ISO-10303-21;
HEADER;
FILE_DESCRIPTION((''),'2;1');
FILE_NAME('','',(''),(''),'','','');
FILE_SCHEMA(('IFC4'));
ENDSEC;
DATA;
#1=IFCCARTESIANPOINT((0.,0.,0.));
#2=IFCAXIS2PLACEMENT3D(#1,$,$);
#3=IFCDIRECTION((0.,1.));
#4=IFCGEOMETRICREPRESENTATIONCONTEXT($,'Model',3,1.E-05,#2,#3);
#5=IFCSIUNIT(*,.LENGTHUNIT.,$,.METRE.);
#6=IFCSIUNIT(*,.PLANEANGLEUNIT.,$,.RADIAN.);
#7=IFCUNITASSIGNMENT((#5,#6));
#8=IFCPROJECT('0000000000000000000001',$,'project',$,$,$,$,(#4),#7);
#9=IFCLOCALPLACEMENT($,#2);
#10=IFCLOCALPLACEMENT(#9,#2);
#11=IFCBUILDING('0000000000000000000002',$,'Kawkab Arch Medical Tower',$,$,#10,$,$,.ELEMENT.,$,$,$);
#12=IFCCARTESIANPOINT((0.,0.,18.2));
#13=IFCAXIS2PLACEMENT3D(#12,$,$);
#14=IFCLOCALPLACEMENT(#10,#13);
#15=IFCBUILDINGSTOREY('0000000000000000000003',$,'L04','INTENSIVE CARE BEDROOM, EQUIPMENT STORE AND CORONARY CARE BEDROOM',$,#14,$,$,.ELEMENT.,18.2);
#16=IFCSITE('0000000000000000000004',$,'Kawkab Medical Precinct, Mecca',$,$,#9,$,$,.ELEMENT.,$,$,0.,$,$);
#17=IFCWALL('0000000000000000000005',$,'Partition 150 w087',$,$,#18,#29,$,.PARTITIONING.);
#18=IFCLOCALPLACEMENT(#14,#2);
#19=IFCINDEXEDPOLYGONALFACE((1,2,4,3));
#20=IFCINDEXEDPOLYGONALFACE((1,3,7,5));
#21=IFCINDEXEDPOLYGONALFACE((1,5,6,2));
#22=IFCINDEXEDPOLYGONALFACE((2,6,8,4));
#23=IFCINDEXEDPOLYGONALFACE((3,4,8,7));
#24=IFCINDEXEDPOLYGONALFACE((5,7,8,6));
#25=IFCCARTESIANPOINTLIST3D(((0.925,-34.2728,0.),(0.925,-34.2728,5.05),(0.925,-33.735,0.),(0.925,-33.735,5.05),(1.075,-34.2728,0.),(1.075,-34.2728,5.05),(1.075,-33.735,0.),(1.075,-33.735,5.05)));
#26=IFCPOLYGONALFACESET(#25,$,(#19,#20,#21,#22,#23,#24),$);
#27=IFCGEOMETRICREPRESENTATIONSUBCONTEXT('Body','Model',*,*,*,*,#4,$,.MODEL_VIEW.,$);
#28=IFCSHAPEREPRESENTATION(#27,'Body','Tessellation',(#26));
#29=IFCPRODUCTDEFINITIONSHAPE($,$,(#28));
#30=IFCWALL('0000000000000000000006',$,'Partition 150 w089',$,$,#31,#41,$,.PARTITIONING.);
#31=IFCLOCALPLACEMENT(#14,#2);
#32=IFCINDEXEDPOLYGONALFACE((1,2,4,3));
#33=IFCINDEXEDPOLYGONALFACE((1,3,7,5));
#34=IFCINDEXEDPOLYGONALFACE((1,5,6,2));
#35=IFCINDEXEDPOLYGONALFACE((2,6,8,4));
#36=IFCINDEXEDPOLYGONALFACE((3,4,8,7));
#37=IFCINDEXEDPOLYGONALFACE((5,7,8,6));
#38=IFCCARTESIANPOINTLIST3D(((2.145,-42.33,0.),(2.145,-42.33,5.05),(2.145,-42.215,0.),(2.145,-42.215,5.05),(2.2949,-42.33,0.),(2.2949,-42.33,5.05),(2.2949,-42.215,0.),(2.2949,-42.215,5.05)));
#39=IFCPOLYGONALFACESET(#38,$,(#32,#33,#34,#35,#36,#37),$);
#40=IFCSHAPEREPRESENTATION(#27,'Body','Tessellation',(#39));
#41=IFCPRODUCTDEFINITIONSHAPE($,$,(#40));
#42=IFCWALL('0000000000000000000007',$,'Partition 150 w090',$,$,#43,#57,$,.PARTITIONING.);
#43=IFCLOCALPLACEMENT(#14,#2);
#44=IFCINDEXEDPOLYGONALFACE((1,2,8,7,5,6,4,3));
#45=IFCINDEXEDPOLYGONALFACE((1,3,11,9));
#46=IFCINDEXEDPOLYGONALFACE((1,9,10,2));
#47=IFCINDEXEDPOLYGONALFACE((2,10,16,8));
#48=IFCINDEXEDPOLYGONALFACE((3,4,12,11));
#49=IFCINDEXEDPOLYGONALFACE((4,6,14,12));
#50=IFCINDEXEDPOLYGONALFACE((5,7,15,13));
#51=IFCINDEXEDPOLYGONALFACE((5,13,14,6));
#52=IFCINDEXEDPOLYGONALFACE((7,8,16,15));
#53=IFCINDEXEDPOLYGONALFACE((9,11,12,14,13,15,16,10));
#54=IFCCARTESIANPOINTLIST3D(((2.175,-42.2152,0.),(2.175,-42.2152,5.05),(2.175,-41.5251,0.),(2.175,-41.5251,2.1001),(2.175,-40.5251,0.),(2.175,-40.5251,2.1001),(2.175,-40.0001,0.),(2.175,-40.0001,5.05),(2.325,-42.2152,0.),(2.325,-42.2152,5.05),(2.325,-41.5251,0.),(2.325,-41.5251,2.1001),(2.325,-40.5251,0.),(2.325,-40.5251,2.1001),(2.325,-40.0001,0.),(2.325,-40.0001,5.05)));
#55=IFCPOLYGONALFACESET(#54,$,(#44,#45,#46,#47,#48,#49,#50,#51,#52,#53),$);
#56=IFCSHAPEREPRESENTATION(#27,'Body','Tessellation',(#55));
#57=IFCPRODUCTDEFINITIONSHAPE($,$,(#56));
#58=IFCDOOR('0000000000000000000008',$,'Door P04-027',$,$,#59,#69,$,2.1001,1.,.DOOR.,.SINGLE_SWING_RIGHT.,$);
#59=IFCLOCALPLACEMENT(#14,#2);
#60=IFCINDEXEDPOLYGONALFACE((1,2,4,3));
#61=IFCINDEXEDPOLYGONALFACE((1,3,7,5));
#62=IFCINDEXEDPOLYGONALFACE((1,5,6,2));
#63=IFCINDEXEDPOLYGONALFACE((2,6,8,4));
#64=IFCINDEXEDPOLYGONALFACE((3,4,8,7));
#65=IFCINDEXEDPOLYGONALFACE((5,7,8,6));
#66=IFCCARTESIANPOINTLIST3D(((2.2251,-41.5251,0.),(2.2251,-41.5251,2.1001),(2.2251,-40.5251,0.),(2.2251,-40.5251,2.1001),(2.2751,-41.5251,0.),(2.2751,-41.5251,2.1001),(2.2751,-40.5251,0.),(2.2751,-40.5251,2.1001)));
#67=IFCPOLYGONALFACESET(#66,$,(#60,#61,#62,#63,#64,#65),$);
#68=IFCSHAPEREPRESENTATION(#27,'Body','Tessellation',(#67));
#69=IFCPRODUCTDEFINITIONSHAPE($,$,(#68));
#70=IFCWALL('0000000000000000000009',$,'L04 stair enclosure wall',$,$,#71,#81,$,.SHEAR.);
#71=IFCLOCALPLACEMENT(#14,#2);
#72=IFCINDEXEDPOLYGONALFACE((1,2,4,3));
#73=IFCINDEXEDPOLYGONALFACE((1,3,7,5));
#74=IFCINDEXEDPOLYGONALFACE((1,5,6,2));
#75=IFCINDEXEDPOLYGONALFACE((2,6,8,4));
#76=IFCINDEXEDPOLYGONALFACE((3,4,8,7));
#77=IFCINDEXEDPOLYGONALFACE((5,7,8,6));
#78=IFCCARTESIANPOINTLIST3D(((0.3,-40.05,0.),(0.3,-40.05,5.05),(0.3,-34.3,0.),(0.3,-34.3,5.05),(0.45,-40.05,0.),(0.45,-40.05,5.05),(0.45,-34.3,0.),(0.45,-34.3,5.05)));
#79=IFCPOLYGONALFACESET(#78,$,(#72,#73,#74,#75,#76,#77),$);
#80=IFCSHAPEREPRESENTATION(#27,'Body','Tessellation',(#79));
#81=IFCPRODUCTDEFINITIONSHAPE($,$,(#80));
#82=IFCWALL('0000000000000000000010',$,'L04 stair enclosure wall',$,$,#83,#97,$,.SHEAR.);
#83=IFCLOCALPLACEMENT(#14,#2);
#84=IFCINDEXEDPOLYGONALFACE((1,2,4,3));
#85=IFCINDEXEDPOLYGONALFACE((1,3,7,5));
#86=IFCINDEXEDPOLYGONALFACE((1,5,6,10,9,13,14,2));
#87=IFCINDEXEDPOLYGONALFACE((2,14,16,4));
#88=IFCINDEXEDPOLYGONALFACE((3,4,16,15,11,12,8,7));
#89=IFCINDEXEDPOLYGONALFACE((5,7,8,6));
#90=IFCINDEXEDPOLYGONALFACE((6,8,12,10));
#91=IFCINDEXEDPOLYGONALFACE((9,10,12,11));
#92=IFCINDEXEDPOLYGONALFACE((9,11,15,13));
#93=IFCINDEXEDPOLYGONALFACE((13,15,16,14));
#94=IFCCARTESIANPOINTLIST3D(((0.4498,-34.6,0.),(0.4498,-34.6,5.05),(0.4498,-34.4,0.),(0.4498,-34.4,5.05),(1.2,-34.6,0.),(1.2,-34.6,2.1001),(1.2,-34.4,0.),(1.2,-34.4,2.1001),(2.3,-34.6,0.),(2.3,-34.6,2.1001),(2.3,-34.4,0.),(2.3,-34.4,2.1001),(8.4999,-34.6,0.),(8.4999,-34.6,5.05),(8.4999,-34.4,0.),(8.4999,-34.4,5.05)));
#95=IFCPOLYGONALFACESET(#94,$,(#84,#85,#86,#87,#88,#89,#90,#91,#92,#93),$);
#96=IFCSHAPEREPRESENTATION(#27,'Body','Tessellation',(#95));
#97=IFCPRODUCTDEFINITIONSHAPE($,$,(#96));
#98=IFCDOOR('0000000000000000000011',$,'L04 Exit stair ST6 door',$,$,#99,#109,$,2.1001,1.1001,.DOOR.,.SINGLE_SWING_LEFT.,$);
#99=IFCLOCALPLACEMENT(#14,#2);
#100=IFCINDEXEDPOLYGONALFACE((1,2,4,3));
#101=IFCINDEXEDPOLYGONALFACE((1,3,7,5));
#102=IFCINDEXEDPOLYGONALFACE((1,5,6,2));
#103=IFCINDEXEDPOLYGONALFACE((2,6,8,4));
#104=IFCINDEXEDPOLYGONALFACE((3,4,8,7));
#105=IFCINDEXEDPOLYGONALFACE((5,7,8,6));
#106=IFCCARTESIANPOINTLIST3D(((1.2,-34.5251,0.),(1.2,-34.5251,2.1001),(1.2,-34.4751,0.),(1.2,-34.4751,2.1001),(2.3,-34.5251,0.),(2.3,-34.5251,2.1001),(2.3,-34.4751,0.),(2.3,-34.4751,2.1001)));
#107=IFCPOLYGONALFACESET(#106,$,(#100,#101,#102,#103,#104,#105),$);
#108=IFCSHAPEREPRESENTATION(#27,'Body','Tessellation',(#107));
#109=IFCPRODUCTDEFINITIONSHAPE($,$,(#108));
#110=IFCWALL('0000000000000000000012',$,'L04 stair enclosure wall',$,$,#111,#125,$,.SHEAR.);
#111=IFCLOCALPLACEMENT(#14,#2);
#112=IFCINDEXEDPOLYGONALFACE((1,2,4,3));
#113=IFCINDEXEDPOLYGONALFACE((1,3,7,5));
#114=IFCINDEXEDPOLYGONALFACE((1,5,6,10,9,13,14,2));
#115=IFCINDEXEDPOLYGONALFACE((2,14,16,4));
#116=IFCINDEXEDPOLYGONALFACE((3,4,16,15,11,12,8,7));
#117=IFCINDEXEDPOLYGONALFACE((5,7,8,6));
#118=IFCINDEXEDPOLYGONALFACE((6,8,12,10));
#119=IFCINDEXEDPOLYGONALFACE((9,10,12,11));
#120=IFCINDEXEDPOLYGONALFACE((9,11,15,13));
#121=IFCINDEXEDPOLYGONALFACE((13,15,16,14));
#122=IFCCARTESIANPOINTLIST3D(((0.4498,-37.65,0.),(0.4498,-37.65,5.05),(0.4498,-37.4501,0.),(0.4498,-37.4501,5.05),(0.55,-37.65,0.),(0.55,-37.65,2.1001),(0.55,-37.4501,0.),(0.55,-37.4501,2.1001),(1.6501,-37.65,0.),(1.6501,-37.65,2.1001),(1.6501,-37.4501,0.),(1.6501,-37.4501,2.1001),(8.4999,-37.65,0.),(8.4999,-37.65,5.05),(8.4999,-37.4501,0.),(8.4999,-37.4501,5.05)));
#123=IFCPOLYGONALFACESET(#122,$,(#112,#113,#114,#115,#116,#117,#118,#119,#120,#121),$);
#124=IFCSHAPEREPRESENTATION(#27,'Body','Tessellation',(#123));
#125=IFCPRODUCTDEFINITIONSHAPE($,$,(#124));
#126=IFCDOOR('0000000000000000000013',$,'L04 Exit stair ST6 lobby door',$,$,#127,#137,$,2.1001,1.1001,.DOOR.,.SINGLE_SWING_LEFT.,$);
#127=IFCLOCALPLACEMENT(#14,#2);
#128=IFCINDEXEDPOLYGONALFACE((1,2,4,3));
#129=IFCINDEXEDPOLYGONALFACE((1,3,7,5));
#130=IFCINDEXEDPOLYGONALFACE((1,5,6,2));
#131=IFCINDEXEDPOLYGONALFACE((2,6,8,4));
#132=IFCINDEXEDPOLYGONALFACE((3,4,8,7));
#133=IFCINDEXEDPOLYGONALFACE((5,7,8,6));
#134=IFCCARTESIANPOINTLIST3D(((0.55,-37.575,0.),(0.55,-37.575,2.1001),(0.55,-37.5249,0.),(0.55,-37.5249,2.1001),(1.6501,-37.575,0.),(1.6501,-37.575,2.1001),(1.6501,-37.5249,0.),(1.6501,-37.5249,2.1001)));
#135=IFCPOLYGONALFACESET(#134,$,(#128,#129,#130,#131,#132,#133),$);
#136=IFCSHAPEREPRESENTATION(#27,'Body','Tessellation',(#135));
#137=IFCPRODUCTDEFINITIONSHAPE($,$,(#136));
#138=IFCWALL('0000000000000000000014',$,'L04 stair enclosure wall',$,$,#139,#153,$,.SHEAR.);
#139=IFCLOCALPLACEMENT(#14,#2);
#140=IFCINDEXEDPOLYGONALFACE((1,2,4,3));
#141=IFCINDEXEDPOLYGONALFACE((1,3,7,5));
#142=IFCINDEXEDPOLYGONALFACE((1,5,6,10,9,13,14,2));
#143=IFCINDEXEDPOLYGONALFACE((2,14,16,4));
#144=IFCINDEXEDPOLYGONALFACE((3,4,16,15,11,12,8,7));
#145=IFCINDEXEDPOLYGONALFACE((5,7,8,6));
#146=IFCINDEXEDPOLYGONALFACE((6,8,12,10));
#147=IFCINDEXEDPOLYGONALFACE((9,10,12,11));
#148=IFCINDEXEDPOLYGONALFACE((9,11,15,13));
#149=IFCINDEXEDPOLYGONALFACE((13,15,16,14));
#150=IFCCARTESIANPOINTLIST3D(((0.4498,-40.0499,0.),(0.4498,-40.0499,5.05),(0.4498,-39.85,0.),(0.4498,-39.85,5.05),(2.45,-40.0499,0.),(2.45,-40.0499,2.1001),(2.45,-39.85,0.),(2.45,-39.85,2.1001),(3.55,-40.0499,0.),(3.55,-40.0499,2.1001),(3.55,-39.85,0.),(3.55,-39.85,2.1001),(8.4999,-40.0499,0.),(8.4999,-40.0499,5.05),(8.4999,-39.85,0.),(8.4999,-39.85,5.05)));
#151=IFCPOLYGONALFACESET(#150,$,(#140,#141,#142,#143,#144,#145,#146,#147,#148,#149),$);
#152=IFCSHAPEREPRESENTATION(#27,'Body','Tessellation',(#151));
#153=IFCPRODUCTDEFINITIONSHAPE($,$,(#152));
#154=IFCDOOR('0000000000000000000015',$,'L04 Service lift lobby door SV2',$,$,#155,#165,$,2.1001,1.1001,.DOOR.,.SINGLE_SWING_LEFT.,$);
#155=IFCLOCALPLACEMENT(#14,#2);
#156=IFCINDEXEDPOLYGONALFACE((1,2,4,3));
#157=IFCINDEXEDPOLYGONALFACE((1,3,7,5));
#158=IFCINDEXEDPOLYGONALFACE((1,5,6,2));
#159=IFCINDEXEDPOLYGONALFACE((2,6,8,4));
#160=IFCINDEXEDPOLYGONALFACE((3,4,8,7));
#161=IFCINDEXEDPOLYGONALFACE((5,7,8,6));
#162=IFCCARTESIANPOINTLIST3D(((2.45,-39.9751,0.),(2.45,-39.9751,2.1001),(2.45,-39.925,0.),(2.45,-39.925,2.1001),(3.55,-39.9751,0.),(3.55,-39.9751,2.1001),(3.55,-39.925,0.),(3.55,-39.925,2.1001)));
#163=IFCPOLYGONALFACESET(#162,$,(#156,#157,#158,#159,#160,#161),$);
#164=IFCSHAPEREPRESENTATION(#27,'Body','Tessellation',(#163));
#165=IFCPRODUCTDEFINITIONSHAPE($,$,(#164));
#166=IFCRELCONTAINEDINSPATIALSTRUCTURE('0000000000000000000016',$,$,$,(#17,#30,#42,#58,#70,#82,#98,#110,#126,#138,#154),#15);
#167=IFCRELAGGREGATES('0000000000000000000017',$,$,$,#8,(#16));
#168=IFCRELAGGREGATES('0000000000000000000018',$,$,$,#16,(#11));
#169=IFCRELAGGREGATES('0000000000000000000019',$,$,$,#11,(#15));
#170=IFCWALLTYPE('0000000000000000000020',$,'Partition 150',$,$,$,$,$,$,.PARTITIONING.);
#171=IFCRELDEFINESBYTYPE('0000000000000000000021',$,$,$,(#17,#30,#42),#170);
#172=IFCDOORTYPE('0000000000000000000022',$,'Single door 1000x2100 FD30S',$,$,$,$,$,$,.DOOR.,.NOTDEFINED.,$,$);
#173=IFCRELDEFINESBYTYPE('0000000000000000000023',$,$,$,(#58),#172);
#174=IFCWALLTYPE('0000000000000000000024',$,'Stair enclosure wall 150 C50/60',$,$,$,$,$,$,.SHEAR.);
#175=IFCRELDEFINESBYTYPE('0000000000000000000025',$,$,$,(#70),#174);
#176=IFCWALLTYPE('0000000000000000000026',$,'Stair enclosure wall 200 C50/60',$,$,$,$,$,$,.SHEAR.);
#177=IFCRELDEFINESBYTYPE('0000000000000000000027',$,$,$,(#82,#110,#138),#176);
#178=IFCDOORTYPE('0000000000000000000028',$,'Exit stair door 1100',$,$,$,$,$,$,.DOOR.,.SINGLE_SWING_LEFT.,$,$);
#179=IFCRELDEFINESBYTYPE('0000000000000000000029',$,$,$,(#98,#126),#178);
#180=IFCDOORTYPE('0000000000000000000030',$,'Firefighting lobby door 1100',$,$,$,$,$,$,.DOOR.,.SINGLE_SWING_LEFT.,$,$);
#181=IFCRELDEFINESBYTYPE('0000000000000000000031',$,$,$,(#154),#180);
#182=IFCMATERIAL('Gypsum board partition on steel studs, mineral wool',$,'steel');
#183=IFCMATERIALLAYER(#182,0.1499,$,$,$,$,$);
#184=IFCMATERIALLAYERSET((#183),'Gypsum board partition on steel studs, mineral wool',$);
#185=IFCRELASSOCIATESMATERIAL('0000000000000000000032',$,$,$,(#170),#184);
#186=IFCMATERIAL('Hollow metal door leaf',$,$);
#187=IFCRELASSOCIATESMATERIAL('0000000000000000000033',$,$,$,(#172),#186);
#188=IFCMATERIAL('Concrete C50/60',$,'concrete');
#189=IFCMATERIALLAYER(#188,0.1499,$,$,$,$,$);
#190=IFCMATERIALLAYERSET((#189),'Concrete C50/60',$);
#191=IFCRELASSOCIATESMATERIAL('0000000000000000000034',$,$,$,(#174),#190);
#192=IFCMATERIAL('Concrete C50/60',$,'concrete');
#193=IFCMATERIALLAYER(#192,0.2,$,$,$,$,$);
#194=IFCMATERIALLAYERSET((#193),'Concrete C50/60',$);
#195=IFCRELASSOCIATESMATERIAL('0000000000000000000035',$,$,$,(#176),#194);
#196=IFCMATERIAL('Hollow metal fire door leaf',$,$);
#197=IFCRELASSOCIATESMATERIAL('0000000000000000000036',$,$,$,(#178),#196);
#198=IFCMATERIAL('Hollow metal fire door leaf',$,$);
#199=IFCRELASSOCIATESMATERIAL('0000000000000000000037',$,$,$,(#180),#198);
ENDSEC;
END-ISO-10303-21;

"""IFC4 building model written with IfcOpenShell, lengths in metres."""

from ifc_helpers import new_model, si_unit, direction, frame, frame_2d, origin, place, context, subcontext, project, spatial, rectangle, extrude, material, layer, layer_set, type_object, element, fill, save


model = new_model("IFC4")

# Units and contexts
model_context = context("Model", 3, precision=1e-05, world=origin(), true_north=direction((0.0, 1.0)))
body_context = subcontext(model_context, "Body", "Model", "MODEL_VIEW")
ifc_project = project(units=[si_unit("LENGTHUNIT", "METRE"), si_unit("PLANEANGLEUNIT", "RADIAN")], contexts=[model_context])

# Site, building, storey
site_placement = place(None, origin())
site = spatial("IfcSite", under=ifc_project, at=site_placement, Name="Kawkab Medical Precinct, Mecca", CompositionType="ELEMENT", RefElevation=0.0)
building_placement = place(site_placement, origin())
building = spatial("IfcBuilding", under=site, at=building_placement, Name="Kawkab Arch Medical Tower", CompositionType="ELEMENT")
storey_placement = place(building_placement, frame((0.0, 0.0, 18.2)))
storey = spatial("IfcBuildingStorey", under=building, at=storey_placement, Name="L04", Description="INTENSIVE CARE BEDROOM, EQUIPMENT STORE AND CORONARY CARE BEDROOM", CompositionType="ELEMENT", Elevation=18.2)

# Shared definitions
ifc_material_1 = material(Name="Gypsum board partition on steel studs, mineral wool", Category="steel")
ifc_layer_1 = layer(ifc_material_1, 0.1499)
ifc_layer_set_1 = layer_set([ifc_layer_1], Name="Gypsum board partition on steel studs, mineral wool")
wall_type_1 = type_object("IfcWallType", Name="Partition 150", PredefinedType="PARTITIONING", material=ifc_layer_set_1)

# Shared definitions
ifc_material_2 = material(Name="Hollow metal door leaf")
door_type_1 = type_object("IfcDoorType", Name="Single door 1000x2100 FD30S", OperationType="NOTDEFINED", PredefinedType="DOOR", material=ifc_material_2)

# Walls
wall_1_placement = place(storey_placement, frame((1.0, -34.2729, 0.0), z_axis=(0.0, 0.0, 1.0), x_axis=(0.0, 1.0, 0.0)))
element("IfcWall", 1, at=wall_1_placement, inside=storey, type_object=wall_type_1, Name="Partition 150 w087", PredefinedType="PARTITIONING", context=body_context, shape_type="SweptSolid", body=[
    extrude(rectangle(XDim=0.5378, YDim=0.1499, at=frame_2d((0.269, 0.0))), origin(), (0.0, 0.0, 1.0), 5.05),
])
wall_2_placement = place(storey_placement, frame((2.22, -42.3301, 0.0), z_axis=(0.0, 0.0, 1.0), x_axis=(0.0, 1.0, 0.0)))
element("IfcWall", 2, at=wall_2_placement, inside=storey, type_object=wall_type_1, Name="Partition 150 w089", PredefinedType="PARTITIONING", context=body_context, shape_type="SweptSolid", body=[
    extrude(rectangle(XDim=0.115, YDim=0.1499, at=frame_2d((0.0576, 0.0))), origin(), (0.0, 0.0, 1.0), 5.05),
])

# Wall, opening, door
wall_3_placement = place(storey_placement, frame((2.25, -42.2151, 0.0), z_axis=(0.0, 0.0, 1.0), x_axis=(0.0, 1.0, 0.0)))
wall_3 = element("IfcWall", 3, at=wall_3_placement, inside=storey, type_object=wall_type_1, Name="Partition 150 w090", PredefinedType="PARTITIONING", context=body_context, shape_type="SweptSolid", body=[
    extrude(rectangle(XDim=2.2151, YDim=0.1499, at=frame_2d((1.1074, 0.0))), origin(), (0.0, 0.0, 1.0), 5.05),
])
opening_1_placement = place(wall_3_placement, frame((0.6899, 0.0, 0.0)))
opening_1 = element("IfcOpeningElement", 4, at=opening_1_placement, cuts=wall_3, PredefinedType="OPENING", context=body_context, shape_type="SweptSolid", body=[
    extrude(rectangle(XDim=1.0, YDim=2.1001, at=frame_2d((0.5, 1.05))), frame((0.0, 0.085, 0.0), z_axis=(0.0, -1.0, 0.0), x_axis=(1.0, 0.0, 0.0)), (0.0, 0.0, 1.0), 0.1699),
])
door_1_placement = place(opening_1_placement, origin())
door_1 = element("IfcDoor", 5, at=door_1_placement, inside=storey, type_object=door_type_1, Name="Door P04-027", OperationType="SINGLE_SWING_RIGHT", OverallHeight=2.1001, OverallWidth=1.0, PredefinedType="DOOR", context=body_context, shape_type="SweptSolid", body=[
    extrude(rectangle(XDim=1.0, YDim=2.1001, at=frame_2d((0.5, 1.05))), frame((0.0, 0.0249, 0.0), z_axis=(0.0, -1.0, 0.0), x_axis=(1.0, 0.0, 0.0)), (0.0, 0.0, 1.0), 0.05),
])
fill(opening_1, door_1)

# Wall
ifc_material_3 = material(Name="Concrete C50/60", Category="concrete")
ifc_layer_2 = layer(ifc_material_3, 0.1499)
ifc_layer_set_2 = layer_set([ifc_layer_2], Name="Concrete C50/60")
wall_type_2 = type_object("IfcWallType", Name="Stair enclosure wall 150 C50/60", PredefinedType="SHEAR", material=ifc_layer_set_2)
wall_4_placement = place(storey_placement, frame((0.375, -40.05, 0.0), z_axis=(0.0, 0.0, 1.0), x_axis=(0.0, 1.0, 0.0)))
element("IfcWall", 6, at=wall_4_placement, inside=storey, type_object=wall_type_2, Name="L04 stair enclosure wall", PredefinedType="SHEAR", context=body_context, shape_type="SweptSolid", body=[
    extrude(rectangle(XDim=5.75, YDim=0.1499, at=frame_2d((2.875, 0.0))), origin(), (0.0, 0.0, 1.0), 5.05),
])

# Walls, openings, doors
ifc_material_4 = material(Name="Concrete C50/60", Category="concrete")
ifc_layer_3 = layer(ifc_material_4, 0.2)
ifc_layer_set_3 = layer_set([ifc_layer_3], Name="Concrete C50/60")
wall_type_3 = type_object("IfcWallType", Name="Stair enclosure wall 200 C50/60", PredefinedType="SHEAR", material=ifc_layer_set_3)
wall_5_placement = place(storey_placement, frame((0.45, -34.5, 0.0), z_axis=(0.0, 0.0, 1.0), x_axis=(1.0, 0.0, 0.0)))
wall_5 = element("IfcWall", 7, at=wall_5_placement, inside=storey, type_object=wall_type_3, Name="L04 stair enclosure wall", PredefinedType="SHEAR", context=body_context, shape_type="SweptSolid", body=[
    extrude(rectangle(XDim=8.05, YDim=0.2, at=frame_2d((4.0249, 0.0))), origin(), (0.0, 0.0, 1.0), 5.05),
])
opening_2_placement = place(wall_5_placement, frame((0.75, 0.0, 0.0)))
opening_2 = element("IfcOpeningElement", 8, at=opening_2_placement, cuts=wall_5, PredefinedType="OPENING", context=body_context, shape_type="SweptSolid", body=[
    extrude(rectangle(XDim=1.1001, YDim=2.1001, at=frame_2d((0.55, 1.05))), frame((0.0, 0.1099, 0.0), z_axis=(0.0, -1.0, 0.0), x_axis=(1.0, 0.0, 0.0)), (0.0, 0.0, 1.0), 0.22),
])
ifc_material_5 = material(Name="Hollow metal fire door leaf")
door_type_2 = type_object("IfcDoorType", Name="Exit stair door 1100", OperationType="SINGLE_SWING_LEFT", PredefinedType="DOOR", material=ifc_material_5)
door_2_placement = place(opening_2_placement, origin())
door_2 = element("IfcDoor", 9, at=door_2_placement, inside=storey, type_object=door_type_2, Name="L04 Exit stair ST6 door", OperationType="SINGLE_SWING_LEFT", OverallHeight=2.1001, OverallWidth=1.1001, PredefinedType="DOOR", context=body_context, shape_type="SweptSolid", body=[
    extrude(rectangle(XDim=1.1001, YDim=2.1001, at=frame_2d((0.55, 1.05))), frame((0.0, 0.0249, 0.0), z_axis=(0.0, -1.0, 0.0), x_axis=(1.0, 0.0, 0.0)), (0.0, 0.0, 1.0), 0.05),
])
fill(opening_2, door_2)
wall_6_placement = place(storey_placement, frame((0.45, -37.55, 0.0), z_axis=(0.0, 0.0, 1.0), x_axis=(1.0, 0.0, 0.0)))
wall_6 = element("IfcWall", 10, at=wall_6_placement, inside=storey, type_object=wall_type_3, Name="L04 stair enclosure wall", PredefinedType="SHEAR", context=body_context, shape_type="SweptSolid", body=[
    extrude(rectangle(XDim=8.05, YDim=0.2, at=frame_2d((4.0249, 0.0))), origin(), (0.0, 0.0, 1.0), 5.05),
])
opening_3_placement = place(wall_6_placement, frame((0.1001, 0.0, 0.0)))
opening_3 = element("IfcOpeningElement", 11, at=opening_3_placement, cuts=wall_6, PredefinedType="OPENING", context=body_context, shape_type="SweptSolid", body=[
    extrude(rectangle(XDim=1.1001, YDim=2.1001, at=frame_2d((0.55, 1.05))), frame((0.0, 0.1099, 0.0), z_axis=(0.0, -1.0, 0.0), x_axis=(1.0, 0.0, 0.0)), (0.0, 0.0, 1.0), 0.22),
])
door_3_placement = place(opening_3_placement, frame((1.1001, 0.0, 0.0), z_axis=(0.0, 0.0, 1.0), x_axis=(-1.0, 0.0, 0.0)))
door_3 = element("IfcDoor", 12, at=door_3_placement, inside=storey, type_object=door_type_2, Name="L04 Exit stair ST6 lobby door", OperationType="SINGLE_SWING_LEFT", OverallHeight=2.1001, OverallWidth=1.1001, PredefinedType="DOOR", context=body_context, shape_type="SweptSolid", body=[
    extrude(rectangle(XDim=1.1001, YDim=2.1001, at=frame_2d((0.55, 1.05))), frame((0.0, 0.0249, 0.0), z_axis=(0.0, -1.0, 0.0), x_axis=(1.0, 0.0, 0.0)), (0.0, 0.0, 1.0), 0.05),
])
fill(opening_3, door_3)
wall_7_placement = place(storey_placement, frame((0.45, -39.95, 0.0), z_axis=(0.0, 0.0, 1.0), x_axis=(1.0, 0.0, 0.0)))
wall_7 = element("IfcWall", 13, at=wall_7_placement, inside=storey, type_object=wall_type_3, Name="L04 stair enclosure wall", PredefinedType="SHEAR", context=body_context, shape_type="SweptSolid", body=[
    extrude(rectangle(XDim=8.05, YDim=0.2, at=frame_2d((4.0249, 0.0))), origin(), (0.0, 0.0, 1.0), 5.05),
])
opening_4_placement = place(wall_7_placement, frame((2.0, 0.0, 0.0)))
opening_4 = element("IfcOpeningElement", 14, at=opening_4_placement, cuts=wall_7, PredefinedType="OPENING", context=body_context, shape_type="SweptSolid", body=[
    extrude(rectangle(XDim=1.1001, YDim=2.1001, at=frame_2d((0.55, 1.05))), frame((0.0, 0.1099, 0.0), z_axis=(0.0, -1.0, 0.0), x_axis=(1.0, 0.0, 0.0)), (0.0, 0.0, 1.0), 0.22),
])
ifc_material_6 = material(Name="Hollow metal fire door leaf")
door_type_3 = type_object("IfcDoorType", Name="Firefighting lobby door 1100", OperationType="SINGLE_SWING_LEFT", PredefinedType="DOOR", material=ifc_material_6)
door_4_placement = place(opening_4_placement, origin())
door_4 = element("IfcDoor", 15, at=door_4_placement, inside=storey, type_object=door_type_3, Name="L04 Service lift lobby door SV2", OperationType="SINGLE_SWING_LEFT", OverallHeight=2.1001, OverallWidth=1.1001, PredefinedType="DOOR", context=body_context, shape_type="SweptSolid", body=[
    extrude(rectangle(XDim=1.1001, YDim=2.1001, at=frame_2d((0.55, 1.05))), frame((0.0, 0.0249, 0.0), z_axis=(0.0, -1.0, 0.0), x_axis=(1.0, 0.0, 0.0)), (0.0, 0.0, 1.0), 0.05),
])
fill(opening_4, door_4)

save(model, "model.ifc")
